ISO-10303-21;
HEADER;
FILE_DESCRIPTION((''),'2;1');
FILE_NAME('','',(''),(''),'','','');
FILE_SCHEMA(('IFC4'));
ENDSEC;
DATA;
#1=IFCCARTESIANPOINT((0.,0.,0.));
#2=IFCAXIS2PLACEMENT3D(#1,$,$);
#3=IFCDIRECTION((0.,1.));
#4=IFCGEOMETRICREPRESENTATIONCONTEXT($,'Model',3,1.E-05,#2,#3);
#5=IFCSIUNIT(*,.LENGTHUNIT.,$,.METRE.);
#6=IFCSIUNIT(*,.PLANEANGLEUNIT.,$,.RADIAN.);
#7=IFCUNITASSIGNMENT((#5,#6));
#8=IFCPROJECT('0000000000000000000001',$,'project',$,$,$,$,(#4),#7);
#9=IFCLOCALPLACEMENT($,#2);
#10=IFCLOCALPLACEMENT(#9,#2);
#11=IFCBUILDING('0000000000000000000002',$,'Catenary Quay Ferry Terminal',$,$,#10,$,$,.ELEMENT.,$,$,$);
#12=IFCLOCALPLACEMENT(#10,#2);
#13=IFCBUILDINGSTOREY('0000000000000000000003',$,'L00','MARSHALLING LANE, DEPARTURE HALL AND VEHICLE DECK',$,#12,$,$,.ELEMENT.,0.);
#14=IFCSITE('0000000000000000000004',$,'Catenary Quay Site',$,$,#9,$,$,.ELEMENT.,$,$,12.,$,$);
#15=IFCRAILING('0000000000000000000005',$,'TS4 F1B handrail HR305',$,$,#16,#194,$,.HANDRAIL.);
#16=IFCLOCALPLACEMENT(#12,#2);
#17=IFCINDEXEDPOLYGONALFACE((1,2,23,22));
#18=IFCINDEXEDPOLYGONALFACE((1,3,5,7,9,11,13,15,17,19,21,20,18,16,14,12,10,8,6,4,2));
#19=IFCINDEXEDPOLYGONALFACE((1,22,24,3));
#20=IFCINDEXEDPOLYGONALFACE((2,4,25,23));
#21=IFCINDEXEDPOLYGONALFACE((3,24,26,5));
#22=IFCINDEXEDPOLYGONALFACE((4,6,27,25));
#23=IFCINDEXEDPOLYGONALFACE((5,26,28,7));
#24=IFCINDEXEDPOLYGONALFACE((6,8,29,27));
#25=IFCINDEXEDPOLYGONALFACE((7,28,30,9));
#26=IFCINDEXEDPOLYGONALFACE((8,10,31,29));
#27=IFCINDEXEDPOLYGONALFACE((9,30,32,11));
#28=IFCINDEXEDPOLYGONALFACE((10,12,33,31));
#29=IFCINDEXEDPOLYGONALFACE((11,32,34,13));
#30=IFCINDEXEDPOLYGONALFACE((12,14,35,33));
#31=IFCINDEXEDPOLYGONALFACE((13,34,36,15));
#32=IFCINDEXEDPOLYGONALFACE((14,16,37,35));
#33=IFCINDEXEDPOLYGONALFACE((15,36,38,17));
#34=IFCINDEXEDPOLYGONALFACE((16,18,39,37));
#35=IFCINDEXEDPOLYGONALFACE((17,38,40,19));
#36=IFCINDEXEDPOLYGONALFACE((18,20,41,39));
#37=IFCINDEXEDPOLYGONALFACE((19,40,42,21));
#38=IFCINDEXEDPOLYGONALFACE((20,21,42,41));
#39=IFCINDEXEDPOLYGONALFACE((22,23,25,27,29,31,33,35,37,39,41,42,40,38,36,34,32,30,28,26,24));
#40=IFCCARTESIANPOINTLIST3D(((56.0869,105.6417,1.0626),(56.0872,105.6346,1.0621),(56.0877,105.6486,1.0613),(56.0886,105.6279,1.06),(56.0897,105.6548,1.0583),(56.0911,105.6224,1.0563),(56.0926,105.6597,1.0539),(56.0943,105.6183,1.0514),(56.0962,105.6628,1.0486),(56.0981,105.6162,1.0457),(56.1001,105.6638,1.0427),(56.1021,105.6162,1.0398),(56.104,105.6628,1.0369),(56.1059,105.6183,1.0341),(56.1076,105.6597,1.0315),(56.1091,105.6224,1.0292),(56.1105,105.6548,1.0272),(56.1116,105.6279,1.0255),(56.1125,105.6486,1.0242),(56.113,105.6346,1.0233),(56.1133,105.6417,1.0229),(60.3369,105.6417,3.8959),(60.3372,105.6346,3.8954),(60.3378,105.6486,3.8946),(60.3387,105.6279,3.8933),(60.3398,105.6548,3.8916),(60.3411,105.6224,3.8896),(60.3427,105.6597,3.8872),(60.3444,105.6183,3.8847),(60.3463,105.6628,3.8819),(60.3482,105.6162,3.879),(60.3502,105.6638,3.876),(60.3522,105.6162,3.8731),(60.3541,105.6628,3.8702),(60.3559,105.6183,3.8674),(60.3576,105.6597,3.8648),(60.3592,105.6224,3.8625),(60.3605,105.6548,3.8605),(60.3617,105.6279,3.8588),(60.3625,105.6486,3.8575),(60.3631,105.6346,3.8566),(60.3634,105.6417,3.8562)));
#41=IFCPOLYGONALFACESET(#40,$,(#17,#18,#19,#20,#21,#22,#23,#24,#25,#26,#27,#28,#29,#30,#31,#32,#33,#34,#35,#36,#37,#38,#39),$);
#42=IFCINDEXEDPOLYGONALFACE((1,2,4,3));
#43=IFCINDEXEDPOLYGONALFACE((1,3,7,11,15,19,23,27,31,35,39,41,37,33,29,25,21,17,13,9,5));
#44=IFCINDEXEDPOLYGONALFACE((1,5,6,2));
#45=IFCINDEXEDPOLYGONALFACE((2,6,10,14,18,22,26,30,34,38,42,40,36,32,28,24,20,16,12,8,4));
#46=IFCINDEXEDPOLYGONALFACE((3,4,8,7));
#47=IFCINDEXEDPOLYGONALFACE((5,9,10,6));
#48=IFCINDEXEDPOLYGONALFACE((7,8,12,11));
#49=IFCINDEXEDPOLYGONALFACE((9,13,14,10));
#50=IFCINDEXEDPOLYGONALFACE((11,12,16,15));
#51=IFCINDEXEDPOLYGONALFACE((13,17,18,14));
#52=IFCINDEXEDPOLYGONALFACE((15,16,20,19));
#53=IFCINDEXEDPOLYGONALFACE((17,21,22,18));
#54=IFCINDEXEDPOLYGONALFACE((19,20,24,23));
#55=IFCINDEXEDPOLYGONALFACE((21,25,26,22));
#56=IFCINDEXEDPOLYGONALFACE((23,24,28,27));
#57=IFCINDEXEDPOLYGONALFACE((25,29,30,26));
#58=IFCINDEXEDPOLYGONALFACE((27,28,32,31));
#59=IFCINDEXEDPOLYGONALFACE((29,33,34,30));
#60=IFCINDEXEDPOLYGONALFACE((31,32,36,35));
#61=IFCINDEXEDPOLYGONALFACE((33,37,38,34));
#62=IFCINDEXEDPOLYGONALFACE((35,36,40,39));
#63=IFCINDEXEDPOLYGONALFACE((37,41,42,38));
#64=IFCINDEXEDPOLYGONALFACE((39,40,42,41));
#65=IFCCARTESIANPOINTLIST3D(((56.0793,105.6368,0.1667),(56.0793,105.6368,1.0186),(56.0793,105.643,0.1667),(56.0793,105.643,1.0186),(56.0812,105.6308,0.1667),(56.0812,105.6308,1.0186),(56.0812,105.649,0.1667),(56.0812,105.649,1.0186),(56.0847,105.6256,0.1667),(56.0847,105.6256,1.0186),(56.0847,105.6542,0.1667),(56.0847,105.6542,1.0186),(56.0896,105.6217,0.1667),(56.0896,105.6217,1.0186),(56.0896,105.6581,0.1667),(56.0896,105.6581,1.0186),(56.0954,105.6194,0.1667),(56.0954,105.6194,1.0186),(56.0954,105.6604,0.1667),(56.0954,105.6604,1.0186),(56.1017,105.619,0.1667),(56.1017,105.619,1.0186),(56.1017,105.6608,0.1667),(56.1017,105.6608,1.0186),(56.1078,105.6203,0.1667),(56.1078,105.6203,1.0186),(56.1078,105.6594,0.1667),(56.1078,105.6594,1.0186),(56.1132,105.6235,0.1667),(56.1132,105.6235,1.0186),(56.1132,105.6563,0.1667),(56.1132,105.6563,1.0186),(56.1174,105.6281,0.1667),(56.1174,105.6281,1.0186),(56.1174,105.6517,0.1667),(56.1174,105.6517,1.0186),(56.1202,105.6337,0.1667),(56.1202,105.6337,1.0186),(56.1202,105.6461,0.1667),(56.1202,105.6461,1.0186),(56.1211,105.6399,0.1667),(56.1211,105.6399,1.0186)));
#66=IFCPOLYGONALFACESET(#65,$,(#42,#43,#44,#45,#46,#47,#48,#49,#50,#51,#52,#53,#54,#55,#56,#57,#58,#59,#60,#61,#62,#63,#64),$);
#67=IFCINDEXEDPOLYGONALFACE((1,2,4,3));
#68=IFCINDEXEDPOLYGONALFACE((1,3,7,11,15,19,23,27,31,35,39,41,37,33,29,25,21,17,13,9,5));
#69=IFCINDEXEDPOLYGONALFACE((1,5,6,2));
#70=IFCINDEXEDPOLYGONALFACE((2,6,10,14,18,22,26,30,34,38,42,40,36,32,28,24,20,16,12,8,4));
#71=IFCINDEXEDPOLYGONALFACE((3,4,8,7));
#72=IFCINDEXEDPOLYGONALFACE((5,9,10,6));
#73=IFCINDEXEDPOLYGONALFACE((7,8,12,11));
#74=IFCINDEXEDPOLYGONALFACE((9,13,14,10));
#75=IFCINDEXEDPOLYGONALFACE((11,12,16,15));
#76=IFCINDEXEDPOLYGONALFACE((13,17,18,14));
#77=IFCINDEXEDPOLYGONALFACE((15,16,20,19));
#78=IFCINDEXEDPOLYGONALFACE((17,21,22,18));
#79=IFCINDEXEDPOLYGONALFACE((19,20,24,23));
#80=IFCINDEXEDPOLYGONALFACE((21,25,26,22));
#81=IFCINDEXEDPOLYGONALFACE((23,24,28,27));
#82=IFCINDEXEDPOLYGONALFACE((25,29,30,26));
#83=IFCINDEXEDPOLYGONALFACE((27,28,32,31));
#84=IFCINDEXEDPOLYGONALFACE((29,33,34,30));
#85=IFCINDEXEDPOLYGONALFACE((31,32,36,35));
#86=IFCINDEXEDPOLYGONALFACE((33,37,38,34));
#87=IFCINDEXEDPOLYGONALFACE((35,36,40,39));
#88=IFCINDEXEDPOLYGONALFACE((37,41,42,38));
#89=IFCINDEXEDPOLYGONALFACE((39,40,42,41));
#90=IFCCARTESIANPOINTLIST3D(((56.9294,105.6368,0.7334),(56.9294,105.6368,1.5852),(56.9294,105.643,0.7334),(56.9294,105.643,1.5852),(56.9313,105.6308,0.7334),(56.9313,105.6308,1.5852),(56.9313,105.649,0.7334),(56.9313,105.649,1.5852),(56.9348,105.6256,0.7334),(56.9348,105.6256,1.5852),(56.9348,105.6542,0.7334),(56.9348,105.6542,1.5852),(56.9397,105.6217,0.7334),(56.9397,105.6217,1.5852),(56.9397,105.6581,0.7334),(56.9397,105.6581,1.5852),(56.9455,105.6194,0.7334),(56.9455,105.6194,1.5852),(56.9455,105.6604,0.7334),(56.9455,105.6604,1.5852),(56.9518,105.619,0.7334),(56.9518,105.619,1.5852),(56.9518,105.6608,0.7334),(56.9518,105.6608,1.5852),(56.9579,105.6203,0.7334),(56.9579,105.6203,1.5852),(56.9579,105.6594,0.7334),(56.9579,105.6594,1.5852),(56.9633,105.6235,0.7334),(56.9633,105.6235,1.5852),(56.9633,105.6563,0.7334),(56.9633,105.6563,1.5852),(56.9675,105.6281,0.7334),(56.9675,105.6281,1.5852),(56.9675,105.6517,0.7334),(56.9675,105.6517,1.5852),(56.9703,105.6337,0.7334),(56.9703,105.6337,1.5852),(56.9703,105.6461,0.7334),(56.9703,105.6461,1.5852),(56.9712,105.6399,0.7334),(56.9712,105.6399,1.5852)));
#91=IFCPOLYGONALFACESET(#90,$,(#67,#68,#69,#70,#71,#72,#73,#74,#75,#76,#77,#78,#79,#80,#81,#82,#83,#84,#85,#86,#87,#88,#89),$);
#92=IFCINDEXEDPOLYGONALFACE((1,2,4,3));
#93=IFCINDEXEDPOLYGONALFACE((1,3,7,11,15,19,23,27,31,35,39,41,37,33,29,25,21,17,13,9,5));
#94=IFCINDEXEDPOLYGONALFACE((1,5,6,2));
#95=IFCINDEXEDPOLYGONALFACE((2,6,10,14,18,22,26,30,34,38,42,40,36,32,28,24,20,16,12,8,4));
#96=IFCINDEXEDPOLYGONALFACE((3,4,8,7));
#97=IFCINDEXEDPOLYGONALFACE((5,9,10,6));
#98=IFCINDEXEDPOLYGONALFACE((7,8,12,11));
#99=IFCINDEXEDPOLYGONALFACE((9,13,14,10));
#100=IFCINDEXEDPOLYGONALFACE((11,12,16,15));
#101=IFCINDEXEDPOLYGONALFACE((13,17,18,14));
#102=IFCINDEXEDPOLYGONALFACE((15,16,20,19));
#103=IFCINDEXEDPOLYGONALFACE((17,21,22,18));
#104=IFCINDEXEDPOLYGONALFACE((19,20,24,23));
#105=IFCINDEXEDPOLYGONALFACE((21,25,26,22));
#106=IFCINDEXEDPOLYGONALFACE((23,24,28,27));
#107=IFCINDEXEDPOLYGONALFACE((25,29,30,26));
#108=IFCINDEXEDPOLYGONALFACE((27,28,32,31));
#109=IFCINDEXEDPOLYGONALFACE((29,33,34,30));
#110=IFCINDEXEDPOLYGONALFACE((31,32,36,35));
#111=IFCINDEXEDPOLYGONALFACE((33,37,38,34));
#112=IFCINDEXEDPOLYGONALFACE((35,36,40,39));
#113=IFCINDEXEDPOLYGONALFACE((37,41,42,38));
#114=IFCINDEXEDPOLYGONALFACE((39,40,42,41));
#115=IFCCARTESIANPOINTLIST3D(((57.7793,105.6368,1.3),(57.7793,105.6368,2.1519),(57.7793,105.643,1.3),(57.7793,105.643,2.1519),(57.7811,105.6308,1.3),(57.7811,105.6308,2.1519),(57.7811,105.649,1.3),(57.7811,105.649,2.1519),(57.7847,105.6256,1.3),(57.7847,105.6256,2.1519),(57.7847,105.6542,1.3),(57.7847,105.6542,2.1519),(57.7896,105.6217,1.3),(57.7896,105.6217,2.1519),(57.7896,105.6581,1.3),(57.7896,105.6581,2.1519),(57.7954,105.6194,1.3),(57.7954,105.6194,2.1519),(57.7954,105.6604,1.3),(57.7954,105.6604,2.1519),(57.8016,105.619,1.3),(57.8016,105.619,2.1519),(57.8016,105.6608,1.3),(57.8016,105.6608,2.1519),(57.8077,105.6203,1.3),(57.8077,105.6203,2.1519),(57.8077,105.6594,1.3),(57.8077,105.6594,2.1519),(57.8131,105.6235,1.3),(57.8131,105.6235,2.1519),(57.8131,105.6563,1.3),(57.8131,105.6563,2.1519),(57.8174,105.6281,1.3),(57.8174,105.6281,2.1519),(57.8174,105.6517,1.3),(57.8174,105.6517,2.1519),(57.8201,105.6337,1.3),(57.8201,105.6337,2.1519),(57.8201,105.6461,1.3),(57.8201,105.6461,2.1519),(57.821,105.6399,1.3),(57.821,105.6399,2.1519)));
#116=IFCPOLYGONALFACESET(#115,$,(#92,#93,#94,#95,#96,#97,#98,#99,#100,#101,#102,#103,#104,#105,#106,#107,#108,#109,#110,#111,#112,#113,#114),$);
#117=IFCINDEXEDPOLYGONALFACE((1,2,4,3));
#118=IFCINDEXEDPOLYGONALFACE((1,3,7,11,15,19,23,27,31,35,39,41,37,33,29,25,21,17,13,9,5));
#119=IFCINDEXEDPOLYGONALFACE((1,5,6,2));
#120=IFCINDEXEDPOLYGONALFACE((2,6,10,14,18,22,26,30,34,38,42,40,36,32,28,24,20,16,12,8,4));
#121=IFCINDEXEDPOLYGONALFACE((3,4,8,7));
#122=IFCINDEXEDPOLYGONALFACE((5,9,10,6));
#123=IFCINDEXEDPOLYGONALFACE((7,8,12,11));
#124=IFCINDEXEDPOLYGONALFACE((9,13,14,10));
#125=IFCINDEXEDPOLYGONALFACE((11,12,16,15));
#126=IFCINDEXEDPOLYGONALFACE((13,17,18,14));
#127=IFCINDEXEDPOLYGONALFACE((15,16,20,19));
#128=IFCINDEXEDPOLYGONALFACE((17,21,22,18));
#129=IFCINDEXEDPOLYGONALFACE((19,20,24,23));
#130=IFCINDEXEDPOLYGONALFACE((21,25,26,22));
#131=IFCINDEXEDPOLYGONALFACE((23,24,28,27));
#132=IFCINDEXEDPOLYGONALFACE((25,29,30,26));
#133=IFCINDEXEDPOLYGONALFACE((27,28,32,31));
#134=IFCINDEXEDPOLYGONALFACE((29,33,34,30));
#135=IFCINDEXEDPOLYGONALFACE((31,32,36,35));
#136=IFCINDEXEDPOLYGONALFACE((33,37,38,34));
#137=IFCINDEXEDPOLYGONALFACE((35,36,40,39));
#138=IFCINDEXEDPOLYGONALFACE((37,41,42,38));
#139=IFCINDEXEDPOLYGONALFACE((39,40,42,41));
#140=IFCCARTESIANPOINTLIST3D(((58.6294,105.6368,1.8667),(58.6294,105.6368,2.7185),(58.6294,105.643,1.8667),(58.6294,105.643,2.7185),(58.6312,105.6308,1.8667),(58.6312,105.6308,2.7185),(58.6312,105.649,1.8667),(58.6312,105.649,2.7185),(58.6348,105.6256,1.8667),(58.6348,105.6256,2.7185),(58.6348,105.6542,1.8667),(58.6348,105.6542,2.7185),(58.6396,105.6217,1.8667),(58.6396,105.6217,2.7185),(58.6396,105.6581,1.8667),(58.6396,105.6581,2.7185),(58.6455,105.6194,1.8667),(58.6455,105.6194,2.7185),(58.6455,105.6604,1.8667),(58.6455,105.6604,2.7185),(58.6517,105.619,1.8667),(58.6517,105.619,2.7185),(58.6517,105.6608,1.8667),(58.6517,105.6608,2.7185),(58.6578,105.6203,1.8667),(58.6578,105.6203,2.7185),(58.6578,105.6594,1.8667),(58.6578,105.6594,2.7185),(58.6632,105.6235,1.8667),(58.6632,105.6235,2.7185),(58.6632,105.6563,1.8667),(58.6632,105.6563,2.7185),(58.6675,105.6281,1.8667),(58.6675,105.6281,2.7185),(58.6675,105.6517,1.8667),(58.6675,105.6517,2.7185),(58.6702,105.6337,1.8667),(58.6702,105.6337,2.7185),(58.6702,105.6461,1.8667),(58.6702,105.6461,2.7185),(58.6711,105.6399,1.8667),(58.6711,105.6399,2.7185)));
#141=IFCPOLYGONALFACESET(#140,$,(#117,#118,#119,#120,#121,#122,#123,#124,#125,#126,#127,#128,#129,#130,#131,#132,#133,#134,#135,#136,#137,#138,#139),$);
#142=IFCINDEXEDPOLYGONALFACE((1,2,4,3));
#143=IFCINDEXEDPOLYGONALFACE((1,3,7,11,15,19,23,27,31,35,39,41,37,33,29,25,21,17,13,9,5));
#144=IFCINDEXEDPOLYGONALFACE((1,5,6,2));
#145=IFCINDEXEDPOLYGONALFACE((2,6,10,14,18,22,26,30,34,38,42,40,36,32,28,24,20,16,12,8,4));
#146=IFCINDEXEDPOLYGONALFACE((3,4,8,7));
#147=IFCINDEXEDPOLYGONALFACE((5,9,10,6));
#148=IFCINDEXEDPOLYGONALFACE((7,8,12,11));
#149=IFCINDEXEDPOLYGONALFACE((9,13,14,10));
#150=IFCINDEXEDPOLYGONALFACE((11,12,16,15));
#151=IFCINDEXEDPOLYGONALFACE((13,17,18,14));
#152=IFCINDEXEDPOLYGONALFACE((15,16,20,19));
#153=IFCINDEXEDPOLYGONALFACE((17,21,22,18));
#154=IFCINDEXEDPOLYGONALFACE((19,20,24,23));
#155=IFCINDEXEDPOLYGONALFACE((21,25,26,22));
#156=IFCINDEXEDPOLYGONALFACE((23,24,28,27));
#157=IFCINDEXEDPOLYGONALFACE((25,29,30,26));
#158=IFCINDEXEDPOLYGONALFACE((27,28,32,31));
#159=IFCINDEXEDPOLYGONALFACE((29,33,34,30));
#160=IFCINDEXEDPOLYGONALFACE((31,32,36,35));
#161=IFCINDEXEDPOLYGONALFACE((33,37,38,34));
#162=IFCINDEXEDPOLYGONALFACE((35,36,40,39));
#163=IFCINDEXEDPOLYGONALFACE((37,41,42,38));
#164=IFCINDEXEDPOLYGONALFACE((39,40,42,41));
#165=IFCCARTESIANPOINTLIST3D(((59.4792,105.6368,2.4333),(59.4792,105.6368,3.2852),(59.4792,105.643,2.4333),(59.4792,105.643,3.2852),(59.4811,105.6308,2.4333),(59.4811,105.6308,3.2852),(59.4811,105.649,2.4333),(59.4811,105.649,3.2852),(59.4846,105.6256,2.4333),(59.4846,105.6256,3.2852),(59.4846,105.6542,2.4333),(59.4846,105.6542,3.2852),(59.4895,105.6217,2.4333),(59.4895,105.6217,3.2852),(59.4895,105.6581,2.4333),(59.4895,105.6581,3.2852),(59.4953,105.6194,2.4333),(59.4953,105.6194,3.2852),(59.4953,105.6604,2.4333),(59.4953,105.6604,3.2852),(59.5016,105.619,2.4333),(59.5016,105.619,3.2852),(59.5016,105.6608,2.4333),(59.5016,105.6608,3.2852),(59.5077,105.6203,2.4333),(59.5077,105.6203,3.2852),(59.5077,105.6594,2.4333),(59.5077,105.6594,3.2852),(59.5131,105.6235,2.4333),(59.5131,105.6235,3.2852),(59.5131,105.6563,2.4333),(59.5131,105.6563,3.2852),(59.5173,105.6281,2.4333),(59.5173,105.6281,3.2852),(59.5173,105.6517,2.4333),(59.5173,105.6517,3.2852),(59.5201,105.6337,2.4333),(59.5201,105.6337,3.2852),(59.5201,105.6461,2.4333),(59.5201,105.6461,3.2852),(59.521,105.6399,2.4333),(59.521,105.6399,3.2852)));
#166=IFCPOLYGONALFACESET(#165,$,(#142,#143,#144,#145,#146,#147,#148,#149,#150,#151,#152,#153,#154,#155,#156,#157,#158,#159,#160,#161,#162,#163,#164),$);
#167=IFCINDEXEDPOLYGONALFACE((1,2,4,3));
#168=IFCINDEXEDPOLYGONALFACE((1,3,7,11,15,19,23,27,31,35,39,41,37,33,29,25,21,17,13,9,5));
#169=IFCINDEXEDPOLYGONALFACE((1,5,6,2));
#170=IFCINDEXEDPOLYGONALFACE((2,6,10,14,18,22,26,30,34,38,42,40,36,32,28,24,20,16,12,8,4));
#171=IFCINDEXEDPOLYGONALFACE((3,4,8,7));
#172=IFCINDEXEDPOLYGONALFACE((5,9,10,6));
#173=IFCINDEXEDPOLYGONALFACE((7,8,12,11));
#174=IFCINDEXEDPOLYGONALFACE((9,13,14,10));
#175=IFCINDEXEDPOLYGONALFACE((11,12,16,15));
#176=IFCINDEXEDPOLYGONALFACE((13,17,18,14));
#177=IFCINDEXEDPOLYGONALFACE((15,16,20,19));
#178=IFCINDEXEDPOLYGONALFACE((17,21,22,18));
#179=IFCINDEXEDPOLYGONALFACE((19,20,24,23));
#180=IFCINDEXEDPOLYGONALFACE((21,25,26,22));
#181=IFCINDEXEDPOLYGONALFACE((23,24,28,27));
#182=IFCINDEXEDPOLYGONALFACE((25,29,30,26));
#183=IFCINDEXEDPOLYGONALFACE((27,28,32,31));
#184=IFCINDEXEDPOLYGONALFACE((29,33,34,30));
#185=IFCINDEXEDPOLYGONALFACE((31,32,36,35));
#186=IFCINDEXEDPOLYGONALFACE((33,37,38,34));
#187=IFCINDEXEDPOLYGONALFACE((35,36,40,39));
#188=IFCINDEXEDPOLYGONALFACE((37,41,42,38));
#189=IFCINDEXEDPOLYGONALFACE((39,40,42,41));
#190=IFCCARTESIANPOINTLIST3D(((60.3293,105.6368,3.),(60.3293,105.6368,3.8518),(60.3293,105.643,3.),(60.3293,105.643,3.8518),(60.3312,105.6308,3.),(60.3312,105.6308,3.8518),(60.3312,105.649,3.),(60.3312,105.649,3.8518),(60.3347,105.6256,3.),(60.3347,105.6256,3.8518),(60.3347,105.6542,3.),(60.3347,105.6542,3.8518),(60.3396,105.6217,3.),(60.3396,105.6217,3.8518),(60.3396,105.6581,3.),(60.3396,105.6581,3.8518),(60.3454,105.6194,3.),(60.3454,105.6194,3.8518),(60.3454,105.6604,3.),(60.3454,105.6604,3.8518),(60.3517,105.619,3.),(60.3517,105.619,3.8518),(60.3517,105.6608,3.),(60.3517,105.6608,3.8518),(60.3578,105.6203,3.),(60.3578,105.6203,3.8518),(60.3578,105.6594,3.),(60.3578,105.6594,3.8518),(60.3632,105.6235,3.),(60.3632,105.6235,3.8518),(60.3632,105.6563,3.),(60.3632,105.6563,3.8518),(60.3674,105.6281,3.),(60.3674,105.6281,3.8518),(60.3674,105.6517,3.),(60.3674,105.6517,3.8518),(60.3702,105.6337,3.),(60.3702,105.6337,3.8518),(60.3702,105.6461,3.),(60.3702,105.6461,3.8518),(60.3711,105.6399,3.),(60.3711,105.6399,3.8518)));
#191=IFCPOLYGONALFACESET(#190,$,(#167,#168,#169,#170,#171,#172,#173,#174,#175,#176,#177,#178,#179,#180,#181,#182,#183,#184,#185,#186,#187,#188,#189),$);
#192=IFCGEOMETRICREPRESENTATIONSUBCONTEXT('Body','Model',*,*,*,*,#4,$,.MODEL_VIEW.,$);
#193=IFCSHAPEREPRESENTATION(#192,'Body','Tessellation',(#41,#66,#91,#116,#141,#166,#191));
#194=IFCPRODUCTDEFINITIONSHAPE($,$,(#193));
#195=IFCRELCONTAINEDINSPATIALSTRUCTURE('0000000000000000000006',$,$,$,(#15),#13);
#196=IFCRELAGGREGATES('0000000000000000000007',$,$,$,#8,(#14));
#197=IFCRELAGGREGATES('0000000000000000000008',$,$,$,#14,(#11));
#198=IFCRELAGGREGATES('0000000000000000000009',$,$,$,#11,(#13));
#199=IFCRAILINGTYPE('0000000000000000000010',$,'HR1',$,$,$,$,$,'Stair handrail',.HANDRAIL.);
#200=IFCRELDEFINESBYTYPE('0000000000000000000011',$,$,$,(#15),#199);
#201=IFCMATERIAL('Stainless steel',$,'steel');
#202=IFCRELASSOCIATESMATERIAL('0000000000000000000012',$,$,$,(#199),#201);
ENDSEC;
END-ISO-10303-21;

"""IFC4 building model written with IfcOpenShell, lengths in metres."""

from ifc_helpers import new_model, si_unit, direction, frame, origin, origin_2d, place, context, subcontext, project, spatial, circle, extrude, material, type_object, element, save


model = new_model("IFC4")

# Units and contexts
model_context = context("Model", 3, precision=1e-05, world=origin(), true_north=direction((0.0, 1.0)))
body_context = subcontext(model_context, "Body", "Model", "MODEL_VIEW")
ifc_project = project(units=[si_unit("LENGTHUNIT", "METRE"), si_unit("PLANEANGLEUNIT", "RADIAN")], contexts=[model_context])

# Site, building, storey
site_placement = place(None, origin())
site = spatial("IfcSite", under=ifc_project, at=site_placement, Name="Catenary Quay Site", CompositionType="ELEMENT", RefElevation=12.0)
building_placement = place(site_placement, origin())
building = spatial("IfcBuilding", under=site, at=building_placement, Name="Catenary Quay Ferry Terminal", CompositionType="ELEMENT")
storey_placement = place(building_placement, origin())
storey = spatial("IfcBuildingStorey", under=building, at=storey_placement, Name="L00", Description="MARSHALLING LANE, DEPARTURE HALL AND VEHICLE DECK", CompositionType="ELEMENT", Elevation=0.0)

# Railing
ifc_material_1 = material(Name="Stainless steel", Category="steel")
railing_type_1 = type_object("IfcRailingType", Name="HR1", ElementType="Stair handrail", PredefinedType="HANDRAIL", material=ifc_material_1)
for number, where, name in (
    (1, (56.1001, 105.6399, 0.1667), "TS4 F1B handrail HR305"),
):
    element("IfcRailing", number, at=place(storey_placement, frame(where)), inside=storey, type_object=railing_type_1, Name=name, PredefinedType="HANDRAIL", context=body_context, shape_type="SweptSolid", body=[
        extrude(circle(Radius=0.0239, at=origin_2d()), frame((0.0, 0.0, 0.876), z_axis=(0.832058, 0.0, 0.554689), x_axis=(0.0, 1.0, 0.0)), (0.0, 0.0, 1.0), 5.1079),
        extrude(circle(Radius=0.021, at=origin_2d()), origin(), (0.0, 0.0, 1.0), 0.8518),
        extrude(circle(Radius=0.021, at=origin_2d()), frame((0.8501, 0.0, 0.5667)), (0.0, 0.0, 1.0), 0.8518),
        extrude(circle(Radius=0.021, at=origin_2d()), frame((1.7, 0.0, 1.1333)), (0.0, 0.0, 1.0), 0.8518),
        extrude(circle(Radius=0.021, at=origin_2d()), frame((2.55, 0.0, 1.7)), (0.0, 0.0, 1.0), 0.8518),
        extrude(circle(Radius=0.021, at=origin_2d()), frame((3.3999, 0.0, 2.2666)), (0.0, 0.0, 1.0), 0.8518),
        extrude(circle(Radius=0.021, at=origin_2d()), frame((4.25, 0.0, 2.8333)), (0.0, 0.0, 1.0), 0.8518),
    ])

save(model, "model.ifc")
